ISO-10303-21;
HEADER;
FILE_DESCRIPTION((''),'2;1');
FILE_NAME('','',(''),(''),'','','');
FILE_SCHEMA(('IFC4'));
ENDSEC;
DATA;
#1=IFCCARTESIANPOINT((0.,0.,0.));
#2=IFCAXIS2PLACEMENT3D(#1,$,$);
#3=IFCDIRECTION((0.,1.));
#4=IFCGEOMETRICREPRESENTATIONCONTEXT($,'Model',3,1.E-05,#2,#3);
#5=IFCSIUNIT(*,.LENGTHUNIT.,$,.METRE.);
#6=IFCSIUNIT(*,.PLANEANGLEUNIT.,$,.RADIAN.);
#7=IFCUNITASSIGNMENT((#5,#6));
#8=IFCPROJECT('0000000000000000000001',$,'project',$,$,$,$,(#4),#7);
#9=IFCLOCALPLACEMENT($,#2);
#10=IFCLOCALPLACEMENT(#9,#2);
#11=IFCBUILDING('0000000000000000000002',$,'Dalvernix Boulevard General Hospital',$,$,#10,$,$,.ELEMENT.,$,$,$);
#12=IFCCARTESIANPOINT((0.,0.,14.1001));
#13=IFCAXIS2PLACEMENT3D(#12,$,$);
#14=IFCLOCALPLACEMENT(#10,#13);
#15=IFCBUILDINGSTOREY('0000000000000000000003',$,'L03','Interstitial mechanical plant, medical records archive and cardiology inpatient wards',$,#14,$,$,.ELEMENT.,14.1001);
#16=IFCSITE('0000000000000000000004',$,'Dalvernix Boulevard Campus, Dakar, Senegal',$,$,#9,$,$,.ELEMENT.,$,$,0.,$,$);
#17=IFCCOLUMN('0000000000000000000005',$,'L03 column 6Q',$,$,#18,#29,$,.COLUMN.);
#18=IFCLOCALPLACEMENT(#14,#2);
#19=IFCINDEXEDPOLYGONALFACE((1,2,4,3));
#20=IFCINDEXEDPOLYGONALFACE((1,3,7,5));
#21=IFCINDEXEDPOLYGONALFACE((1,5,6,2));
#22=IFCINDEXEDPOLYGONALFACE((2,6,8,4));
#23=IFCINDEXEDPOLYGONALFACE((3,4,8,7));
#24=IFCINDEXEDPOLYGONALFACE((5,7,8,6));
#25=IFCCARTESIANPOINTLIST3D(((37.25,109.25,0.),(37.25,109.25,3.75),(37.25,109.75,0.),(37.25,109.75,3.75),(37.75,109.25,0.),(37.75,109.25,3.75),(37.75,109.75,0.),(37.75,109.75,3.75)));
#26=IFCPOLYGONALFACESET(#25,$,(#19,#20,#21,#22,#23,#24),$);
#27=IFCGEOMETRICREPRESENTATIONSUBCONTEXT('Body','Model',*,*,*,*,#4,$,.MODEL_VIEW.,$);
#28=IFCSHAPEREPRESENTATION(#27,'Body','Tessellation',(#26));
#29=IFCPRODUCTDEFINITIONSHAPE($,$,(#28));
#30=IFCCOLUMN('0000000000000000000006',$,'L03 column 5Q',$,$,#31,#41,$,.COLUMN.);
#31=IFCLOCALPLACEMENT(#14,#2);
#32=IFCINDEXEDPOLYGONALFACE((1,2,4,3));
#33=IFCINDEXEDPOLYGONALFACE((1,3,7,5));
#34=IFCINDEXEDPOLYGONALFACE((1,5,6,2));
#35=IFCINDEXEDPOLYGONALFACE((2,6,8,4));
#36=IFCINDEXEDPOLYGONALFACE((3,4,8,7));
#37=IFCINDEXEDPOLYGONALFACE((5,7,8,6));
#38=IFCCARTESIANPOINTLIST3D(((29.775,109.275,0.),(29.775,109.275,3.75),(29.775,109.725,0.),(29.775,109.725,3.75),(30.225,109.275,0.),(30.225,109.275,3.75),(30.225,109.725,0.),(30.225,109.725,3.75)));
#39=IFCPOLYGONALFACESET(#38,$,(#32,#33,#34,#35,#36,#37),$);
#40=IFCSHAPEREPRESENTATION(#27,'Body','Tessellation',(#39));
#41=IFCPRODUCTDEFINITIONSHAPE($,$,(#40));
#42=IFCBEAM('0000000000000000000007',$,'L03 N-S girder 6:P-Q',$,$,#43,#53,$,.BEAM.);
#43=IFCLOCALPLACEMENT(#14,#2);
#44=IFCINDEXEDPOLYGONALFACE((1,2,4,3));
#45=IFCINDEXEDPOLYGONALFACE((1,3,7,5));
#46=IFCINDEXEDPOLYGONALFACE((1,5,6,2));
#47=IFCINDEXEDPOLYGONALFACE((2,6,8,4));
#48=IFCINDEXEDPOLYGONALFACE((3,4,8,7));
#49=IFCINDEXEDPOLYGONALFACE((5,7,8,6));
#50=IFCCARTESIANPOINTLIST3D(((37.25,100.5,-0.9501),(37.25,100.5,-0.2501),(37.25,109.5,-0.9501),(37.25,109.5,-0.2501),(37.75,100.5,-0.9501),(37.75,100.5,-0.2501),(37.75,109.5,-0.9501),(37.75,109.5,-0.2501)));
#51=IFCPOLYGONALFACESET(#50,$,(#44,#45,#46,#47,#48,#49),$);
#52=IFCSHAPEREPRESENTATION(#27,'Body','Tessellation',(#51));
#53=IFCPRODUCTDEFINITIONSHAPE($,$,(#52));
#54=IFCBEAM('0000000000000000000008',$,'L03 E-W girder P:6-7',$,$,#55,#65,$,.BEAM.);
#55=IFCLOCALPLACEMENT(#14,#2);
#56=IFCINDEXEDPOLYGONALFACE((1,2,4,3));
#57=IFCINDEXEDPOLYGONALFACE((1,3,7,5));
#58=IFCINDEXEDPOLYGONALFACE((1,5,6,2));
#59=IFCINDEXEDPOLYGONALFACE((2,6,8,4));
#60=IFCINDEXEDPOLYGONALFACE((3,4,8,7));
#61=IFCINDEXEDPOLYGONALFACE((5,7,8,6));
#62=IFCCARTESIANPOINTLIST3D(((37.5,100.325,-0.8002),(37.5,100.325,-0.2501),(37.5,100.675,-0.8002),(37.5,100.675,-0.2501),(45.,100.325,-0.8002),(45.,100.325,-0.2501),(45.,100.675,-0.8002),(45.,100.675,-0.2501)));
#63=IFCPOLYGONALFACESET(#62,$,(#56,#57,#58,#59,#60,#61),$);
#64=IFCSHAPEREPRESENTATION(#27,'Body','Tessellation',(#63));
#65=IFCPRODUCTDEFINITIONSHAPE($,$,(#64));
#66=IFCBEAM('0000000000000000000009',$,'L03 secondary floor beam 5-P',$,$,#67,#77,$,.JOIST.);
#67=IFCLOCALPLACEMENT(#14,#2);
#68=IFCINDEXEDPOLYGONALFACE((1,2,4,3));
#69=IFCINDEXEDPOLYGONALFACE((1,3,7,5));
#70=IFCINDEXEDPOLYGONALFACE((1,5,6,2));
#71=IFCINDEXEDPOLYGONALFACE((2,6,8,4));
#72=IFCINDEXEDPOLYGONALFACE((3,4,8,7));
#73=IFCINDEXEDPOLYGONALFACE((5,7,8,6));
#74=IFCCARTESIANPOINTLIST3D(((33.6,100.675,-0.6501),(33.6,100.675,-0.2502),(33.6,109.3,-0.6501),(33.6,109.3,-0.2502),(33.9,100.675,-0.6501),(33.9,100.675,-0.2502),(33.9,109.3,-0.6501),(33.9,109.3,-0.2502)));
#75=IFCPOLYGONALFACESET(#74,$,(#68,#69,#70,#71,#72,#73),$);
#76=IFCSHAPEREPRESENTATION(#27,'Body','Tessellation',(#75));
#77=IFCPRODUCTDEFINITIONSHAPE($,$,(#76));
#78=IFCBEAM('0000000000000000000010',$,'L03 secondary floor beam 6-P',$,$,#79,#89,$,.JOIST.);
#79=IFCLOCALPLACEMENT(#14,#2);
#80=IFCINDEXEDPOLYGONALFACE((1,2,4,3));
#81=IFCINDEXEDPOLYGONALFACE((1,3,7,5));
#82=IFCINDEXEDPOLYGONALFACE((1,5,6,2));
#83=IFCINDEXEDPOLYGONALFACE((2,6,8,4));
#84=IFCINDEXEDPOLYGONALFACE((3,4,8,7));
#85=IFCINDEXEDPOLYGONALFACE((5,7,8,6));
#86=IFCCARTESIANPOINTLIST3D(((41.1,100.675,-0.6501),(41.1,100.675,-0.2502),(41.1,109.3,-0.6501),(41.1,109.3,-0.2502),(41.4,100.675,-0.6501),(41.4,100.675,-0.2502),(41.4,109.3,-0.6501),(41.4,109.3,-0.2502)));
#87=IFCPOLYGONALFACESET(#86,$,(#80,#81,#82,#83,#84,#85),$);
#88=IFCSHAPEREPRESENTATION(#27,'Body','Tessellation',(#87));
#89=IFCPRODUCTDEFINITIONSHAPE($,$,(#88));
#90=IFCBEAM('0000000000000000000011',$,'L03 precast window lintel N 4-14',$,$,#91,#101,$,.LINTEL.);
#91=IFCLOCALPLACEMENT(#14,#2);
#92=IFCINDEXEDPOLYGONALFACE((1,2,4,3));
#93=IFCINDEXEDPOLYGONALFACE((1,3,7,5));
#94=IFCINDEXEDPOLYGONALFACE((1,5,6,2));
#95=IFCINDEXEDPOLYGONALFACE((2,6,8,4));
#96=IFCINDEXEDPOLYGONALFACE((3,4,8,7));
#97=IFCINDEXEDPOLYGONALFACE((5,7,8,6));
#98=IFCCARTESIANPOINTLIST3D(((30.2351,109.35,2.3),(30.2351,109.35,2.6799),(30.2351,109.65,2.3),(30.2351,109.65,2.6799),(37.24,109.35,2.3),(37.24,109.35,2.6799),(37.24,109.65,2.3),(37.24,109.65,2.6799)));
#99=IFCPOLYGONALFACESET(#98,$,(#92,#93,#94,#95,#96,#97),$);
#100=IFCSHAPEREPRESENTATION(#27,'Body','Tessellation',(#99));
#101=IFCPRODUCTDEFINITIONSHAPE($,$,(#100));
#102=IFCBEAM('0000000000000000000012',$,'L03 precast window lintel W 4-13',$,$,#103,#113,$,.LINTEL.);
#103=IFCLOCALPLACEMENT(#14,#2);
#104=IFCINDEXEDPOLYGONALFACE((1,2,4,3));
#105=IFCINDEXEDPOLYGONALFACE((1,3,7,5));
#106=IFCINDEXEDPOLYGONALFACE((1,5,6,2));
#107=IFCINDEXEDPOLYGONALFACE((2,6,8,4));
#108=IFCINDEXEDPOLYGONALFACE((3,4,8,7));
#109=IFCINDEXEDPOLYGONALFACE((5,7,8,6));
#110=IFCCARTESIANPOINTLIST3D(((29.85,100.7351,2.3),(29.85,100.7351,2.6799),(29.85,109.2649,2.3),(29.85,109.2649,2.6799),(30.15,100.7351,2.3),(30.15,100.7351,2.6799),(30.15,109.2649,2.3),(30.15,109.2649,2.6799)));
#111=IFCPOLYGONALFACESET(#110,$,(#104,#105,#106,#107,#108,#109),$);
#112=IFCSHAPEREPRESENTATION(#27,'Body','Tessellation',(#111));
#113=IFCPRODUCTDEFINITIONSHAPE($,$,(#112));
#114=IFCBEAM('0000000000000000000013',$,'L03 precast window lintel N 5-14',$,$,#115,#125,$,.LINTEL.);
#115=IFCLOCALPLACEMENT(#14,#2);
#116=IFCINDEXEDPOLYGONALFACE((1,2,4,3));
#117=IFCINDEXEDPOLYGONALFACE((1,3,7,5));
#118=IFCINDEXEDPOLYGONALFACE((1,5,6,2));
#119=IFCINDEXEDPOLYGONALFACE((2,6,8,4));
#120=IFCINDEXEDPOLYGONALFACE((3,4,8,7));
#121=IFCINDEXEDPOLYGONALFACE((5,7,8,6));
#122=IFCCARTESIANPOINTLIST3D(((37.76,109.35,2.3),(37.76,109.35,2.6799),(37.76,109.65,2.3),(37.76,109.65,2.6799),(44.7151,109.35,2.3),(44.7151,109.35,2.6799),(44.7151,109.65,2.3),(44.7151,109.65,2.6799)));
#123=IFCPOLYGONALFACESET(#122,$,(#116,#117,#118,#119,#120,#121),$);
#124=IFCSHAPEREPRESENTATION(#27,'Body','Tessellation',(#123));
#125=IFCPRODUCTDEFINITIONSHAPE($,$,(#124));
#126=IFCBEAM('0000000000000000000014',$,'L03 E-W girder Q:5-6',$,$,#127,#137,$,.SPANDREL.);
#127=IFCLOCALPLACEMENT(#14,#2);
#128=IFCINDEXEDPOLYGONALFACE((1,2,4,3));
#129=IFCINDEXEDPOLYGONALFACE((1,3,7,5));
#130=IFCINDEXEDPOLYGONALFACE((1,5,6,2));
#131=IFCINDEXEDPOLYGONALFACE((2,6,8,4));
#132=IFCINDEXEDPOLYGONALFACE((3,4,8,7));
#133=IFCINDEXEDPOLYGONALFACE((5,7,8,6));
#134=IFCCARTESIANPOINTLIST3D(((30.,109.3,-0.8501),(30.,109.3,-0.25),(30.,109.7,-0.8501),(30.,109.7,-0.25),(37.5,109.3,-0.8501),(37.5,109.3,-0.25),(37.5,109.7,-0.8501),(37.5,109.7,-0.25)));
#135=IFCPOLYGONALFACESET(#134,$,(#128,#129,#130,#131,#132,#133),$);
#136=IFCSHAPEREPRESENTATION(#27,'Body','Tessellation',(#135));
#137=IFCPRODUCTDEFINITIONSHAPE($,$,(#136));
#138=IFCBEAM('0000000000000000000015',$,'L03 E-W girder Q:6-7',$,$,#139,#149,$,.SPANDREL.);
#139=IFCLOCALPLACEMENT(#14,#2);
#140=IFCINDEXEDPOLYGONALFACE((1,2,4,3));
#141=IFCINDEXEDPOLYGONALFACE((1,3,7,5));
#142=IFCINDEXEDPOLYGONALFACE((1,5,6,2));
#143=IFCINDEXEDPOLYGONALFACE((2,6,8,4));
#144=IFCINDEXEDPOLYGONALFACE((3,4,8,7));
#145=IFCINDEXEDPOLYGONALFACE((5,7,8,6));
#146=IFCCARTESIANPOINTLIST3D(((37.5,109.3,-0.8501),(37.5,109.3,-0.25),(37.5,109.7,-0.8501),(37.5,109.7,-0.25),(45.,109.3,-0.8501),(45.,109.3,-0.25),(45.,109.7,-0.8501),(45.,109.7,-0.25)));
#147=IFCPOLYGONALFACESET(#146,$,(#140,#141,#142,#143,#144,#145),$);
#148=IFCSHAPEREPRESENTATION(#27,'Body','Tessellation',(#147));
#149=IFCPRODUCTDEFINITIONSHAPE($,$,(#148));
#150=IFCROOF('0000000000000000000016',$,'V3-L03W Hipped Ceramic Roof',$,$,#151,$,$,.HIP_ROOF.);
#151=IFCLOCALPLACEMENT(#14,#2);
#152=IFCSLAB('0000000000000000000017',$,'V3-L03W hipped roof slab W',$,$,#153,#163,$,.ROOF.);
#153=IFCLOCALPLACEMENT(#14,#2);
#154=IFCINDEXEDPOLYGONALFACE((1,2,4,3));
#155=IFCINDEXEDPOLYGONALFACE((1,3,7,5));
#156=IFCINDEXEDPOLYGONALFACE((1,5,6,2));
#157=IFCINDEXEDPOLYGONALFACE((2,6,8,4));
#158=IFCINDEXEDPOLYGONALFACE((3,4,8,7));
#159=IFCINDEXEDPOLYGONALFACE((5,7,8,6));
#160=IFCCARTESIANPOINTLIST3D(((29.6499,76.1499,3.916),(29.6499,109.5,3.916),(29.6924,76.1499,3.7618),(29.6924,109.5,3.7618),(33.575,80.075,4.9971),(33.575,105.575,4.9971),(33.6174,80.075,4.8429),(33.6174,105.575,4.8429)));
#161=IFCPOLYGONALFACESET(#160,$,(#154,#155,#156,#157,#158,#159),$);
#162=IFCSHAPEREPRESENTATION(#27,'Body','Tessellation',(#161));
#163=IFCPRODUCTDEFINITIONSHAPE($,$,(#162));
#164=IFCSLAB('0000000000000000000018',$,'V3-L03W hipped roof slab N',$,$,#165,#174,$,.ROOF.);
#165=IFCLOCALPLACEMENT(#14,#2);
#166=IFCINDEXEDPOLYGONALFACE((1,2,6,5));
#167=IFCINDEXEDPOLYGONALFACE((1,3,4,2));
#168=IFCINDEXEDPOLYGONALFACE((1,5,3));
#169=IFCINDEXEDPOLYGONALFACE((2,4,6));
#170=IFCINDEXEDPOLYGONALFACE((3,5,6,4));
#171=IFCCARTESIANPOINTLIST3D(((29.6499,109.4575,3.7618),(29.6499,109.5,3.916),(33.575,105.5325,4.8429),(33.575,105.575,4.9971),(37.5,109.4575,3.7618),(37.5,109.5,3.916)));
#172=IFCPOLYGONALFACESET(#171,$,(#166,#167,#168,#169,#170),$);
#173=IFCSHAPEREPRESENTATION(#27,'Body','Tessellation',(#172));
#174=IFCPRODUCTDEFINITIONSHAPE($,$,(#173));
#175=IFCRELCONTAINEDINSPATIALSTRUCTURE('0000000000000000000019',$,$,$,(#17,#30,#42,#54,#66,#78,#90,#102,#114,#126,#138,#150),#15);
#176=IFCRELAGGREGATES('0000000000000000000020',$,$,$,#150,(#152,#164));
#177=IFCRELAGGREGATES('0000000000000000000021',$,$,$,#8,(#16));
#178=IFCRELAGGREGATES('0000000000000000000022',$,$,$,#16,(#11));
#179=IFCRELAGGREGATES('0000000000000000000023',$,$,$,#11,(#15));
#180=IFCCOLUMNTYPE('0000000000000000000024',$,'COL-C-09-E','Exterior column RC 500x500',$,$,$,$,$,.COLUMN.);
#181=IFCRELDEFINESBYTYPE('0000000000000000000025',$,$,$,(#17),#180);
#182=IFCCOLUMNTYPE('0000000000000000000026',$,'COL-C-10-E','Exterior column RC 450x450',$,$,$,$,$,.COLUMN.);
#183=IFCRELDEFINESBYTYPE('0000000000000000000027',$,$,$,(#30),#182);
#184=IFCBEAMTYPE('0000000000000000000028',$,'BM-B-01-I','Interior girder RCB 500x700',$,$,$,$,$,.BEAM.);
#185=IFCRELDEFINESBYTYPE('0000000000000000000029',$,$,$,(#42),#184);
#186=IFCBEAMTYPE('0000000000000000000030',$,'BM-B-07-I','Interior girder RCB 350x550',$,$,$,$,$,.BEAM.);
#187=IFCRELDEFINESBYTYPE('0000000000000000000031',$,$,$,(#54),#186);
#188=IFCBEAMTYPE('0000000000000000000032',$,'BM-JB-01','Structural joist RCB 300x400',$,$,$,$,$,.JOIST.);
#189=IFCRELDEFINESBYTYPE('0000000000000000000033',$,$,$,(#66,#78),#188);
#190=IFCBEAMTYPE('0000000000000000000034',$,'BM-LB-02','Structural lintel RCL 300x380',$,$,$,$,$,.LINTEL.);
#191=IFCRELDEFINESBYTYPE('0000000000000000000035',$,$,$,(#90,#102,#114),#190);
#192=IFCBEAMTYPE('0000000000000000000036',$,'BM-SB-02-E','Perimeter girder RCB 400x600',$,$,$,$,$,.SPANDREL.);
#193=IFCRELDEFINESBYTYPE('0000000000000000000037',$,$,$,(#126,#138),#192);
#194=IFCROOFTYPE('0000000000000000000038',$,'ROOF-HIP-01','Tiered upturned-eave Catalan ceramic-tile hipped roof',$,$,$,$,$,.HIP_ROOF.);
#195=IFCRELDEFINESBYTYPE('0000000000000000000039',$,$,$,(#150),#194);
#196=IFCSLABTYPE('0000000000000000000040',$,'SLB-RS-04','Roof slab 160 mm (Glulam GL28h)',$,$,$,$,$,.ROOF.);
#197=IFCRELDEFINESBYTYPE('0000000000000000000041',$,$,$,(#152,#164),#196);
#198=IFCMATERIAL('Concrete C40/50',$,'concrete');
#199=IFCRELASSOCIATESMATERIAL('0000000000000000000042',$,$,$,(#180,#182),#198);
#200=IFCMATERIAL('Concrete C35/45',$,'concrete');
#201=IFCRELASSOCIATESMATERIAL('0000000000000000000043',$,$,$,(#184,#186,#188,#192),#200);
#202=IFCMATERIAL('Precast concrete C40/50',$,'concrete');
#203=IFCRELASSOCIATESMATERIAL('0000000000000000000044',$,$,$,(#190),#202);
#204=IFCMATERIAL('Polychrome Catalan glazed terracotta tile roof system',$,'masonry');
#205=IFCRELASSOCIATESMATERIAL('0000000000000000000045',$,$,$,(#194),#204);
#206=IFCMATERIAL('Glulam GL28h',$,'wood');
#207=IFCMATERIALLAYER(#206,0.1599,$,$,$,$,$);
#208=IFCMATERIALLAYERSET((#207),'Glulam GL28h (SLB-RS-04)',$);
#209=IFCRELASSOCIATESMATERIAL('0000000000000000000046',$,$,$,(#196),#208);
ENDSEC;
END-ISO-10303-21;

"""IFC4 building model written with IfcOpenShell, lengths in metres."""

from ifc_helpers import new_model, si_unit, direction, frame, origin, origin_2d, place, context, subcontext, project, spatial, polyline, rectangle, outline, extrude, material, layer, layer_set, material_profile, profile_set, type_object, element, aggregate, save


model = new_model("IFC4")

# Units and contexts
model_context = context("Model", 3, precision=1e-05, world=origin(), true_north=direction((0.0, 1.0)))
body_context = subcontext(model_context, "Body", "Model", "MODEL_VIEW")
ifc_project = project(units=[si_unit("LENGTHUNIT", "METRE"), si_unit("PLANEANGLEUNIT", "RADIAN")], contexts=[model_context])

# Site, building, storey
site_placement = place(None, origin())
site = spatial("IfcSite", under=ifc_project, at=site_placement, Name="Dalvernix Boulevard Campus, Dakar, Senegal", CompositionType="ELEMENT", RefElevation=0.0)
building_placement = place(site_placement, origin())
building = spatial("IfcBuilding", under=site, at=building_placement, Name="Dalvernix Boulevard General Hospital", CompositionType="ELEMENT")
storey_placement = place(building_placement, frame((0.0, 0.0, 14.1001)))
storey = spatial("IfcBuildingStorey", under=building, at=storey_placement, Name="L03", Description="Interstitial mechanical plant, medical records archive and cardiology inpatient wards", CompositionType="ELEMENT", Elevation=14.1001)

# Columns
ifc_material_1 = material(Name="Concrete C40/50", Category="concrete")
ifc_material_profile_1 = material_profile(ifc_material_1, rectangle(XDim=0.5, YDim=0.5, at=origin_2d()), Name="RC 500x500")
ifc_profile_set_1 = profile_set([ifc_material_profile_1], Name="Concrete C40/50")
column_type_1 = type_object("IfcColumnType", Name="COL-C-09-E", Description="Exterior column RC 500x500", PredefinedType="COLUMN", material=ifc_profile_set_1)
column_1_placement = place(storey_placement, frame((37.5, 109.5, 0.0), z_axis=(0.0, 0.0, 1.0), x_axis=(1.0, 0.0, 0.0)))
element("IfcColumn", 1, at=column_1_placement, inside=storey, type_object=column_type_1, Name="L03 column 6Q", PredefinedType="COLUMN", context=body_context, shape_type="SweptSolid", body=[
    extrude(rectangle(XDim=0.5, YDim=0.5, at=origin_2d()), origin(), (0.0, 0.0, 1.0), 3.75),
])
ifc_material_profile_2 = material_profile(ifc_material_1, rectangle(XDim=0.45, YDim=0.45, at=origin_2d()), Name="RC 450x450")
ifc_profile_set_2 = profile_set([ifc_material_profile_2], Name="Concrete C40/50")
column_type_2 = type_object("IfcColumnType", Name="COL-C-10-E", Description="Exterior column RC 450x450", PredefinedType="COLUMN", material=ifc_profile_set_2)
column_2_placement = place(storey_placement, frame((30.0, 109.5, 0.0), z_axis=(0.0, 0.0, 1.0), x_axis=(1.0, 0.0, 0.0)))
element("IfcColumn", 2, at=column_2_placement, inside=storey, type_object=column_type_2, Name="L03 column 5Q", PredefinedType="COLUMN", context=body_context, shape_type="SweptSolid", body=[
    extrude(rectangle(XDim=0.45, YDim=0.45, at=origin_2d()), origin(), (0.0, 0.0, 1.0), 3.75),
])

# Beams
ifc_material_2 = material(Name="Concrete C35/45", Category="concrete")
ifc_material_profile_3 = material_profile(ifc_material_2, rectangle(XDim=0.5, YDim=0.7, at=origin_2d()), Name="RCB 500x700")
ifc_profile_set_3 = profile_set([ifc_material_profile_3], Name="Concrete C35/45")
beam_type_1 = type_object("IfcBeamType", Name="BM-B-01-I", Description="Interior girder RCB 500x700", PredefinedType="BEAM", material=ifc_profile_set_3)
beam_1_placement = place(storey_placement, frame((37.5, 100.5, -0.6001), z_axis=(0.0, 1.0, 0.0), x_axis=(-1.0, 0.0, 0.0)))
element("IfcBeam", 3, at=beam_1_placement, inside=storey, type_object=beam_type_1, Name="L03 N-S girder 6:P-Q", PredefinedType="BEAM", context=body_context, shape_type="SweptSolid", body=[
    extrude(rectangle(XDim=0.5, YDim=0.7, at=origin_2d()), origin(), (0.0, 0.0, 1.0), 9.0),
])
ifc_material_profile_4 = material_profile(ifc_material_2, rectangle(XDim=0.3501, YDim=0.55, at=origin_2d()), Name="RCB 350x550")
ifc_profile_set_4 = profile_set([ifc_material_profile_4], Name="Concrete C35/45")
beam_type_2 = type_object("IfcBeamType", Name="BM-B-07-I", Description="Interior girder RCB 350x550", PredefinedType="BEAM", material=ifc_profile_set_4)
beam_2_placement = place(storey_placement, frame((37.5, 100.5, -0.5251), z_axis=(1.0, 0.0, 0.0), x_axis=(0.0, 1.0, 0.0)))
element("IfcBeam", 4, at=beam_2_placement, inside=storey, type_object=beam_type_2, Name="L03 E-W girder P:6-7", PredefinedType="BEAM", context=body_context, shape_type="SweptSolid", body=[
    extrude(rectangle(XDim=0.3501, YDim=0.55, at=origin_2d()), origin(), (0.0, 0.0, 1.0), 7.5),
])
ifc_material_profile_5 = material_profile(ifc_material_2, rectangle(XDim=0.3, YDim=0.3999, at=origin_2d()), Name="RCB 300x400")
ifc_profile_set_5 = profile_set([ifc_material_profile_5], Name="Concrete C35/45")
beam_type_3 = type_object("IfcBeamType", Name="BM-JB-01", Description="Structural joist RCB 300x400", PredefinedType="JOIST", material=ifc_profile_set_5)
for number, where, z_axis, x_axis, name in (
    (5, (33.75, 100.675, -0.4502), (0.0, 1.0, 0.0), (-1.0, 0.0, 0.0), "L03 secondary floor beam 5-P"),
    (6, (41.25, 100.675, -0.4502), (0.0, 1.0, 0.0), (-1.0, 0.0, 0.0), "L03 secondary floor beam 6-P"),
):
    element("IfcBeam", number, at=place(storey_placement, frame(where, z_axis=z_axis, x_axis=x_axis)), inside=storey, type_object=beam_type_3, Name=name, PredefinedType="JOIST", context=body_context, shape_type="SweptSolid", body=[
        extrude(rectangle(XDim=0.3, YDim=0.3999, at=origin_2d()), origin(), (0.0, 0.0, 1.0), 8.625),
    ])
ifc_material_3 = material(Name="Precast concrete C40/50", Category="concrete")
ifc_material_profile_6 = material_profile(ifc_material_3, rectangle(XDim=0.3, YDim=0.3799, at=origin_2d()), Name="RCL 300x380")
ifc_profile_set_6 = profile_set([ifc_material_profile_6], Name="Precast concrete C40/50")
beam_type_4 = type_object("IfcBeamType", Name="BM-LB-02", Description="Structural lintel RCL 300x380", PredefinedType="LINTEL", material=ifc_profile_set_6)
beam_3_placement = place(storey_placement, frame((30.2351, 109.5, 2.49), z_axis=(1.0, 0.0, 0.0), x_axis=(0.0, 1.0, 0.0)))
element("IfcBeam", 7, at=beam_3_placement, inside=storey, type_object=beam_type_4, Name="L03 precast window lintel N 4-14", PredefinedType="LINTEL", context=body_context, shape_type="SweptSolid", body=[
    extrude(rectangle(XDim=0.3, YDim=0.3799, at=origin_2d()), origin(), (0.0, 0.0, 1.0), 7.0049),
])
beam_4_placement = place(storey_placement, frame((30.0, 100.7351, 2.49), z_axis=(0.0, 1.0, 0.0), x_axis=(-1.0, 0.0, 0.0)))
element("IfcBeam", 8, at=beam_4_placement, inside=storey, type_object=beam_type_4, Name="L03 precast window lintel W 4-13", PredefinedType="LINTEL", context=body_context, shape_type="SweptSolid", body=[
    extrude(rectangle(XDim=0.3, YDim=0.3799, at=origin_2d()), origin(), (0.0, 0.0, 1.0), 8.5298),
])
beam_5_placement = place(storey_placement, frame((37.76, 109.5, 2.49), z_axis=(1.0, 0.0, 0.0), x_axis=(0.0, 1.0, 0.0)))
element("IfcBeam", 9, at=beam_5_placement, inside=storey, type_object=beam_type_4, Name="L03 precast window lintel N 5-14", PredefinedType="LINTEL", context=body_context, shape_type="SweptSolid", body=[
    extrude(rectangle(XDim=0.3, YDim=0.3799, at=origin_2d()), origin(), (0.0, 0.0, 1.0), 6.9551),
])
ifc_material_profile_7 = material_profile(ifc_material_2, rectangle(XDim=0.3999, YDim=0.6001, at=origin_2d()), Name="RCB 400x600")
ifc_profile_set_7 = profile_set([ifc_material_profile_7], Name="Concrete C35/45")
beam_type_5 = type_object("IfcBeamType", Name="BM-SB-02-E", Description="Perimeter girder RCB 400x600", PredefinedType="SPANDREL", material=ifc_profile_set_7)
for number, where, z_axis, x_axis, name in (
    (10, (30.0, 109.5, -0.55), (1.0, 0.0, 0.0), (0.0, 1.0, 0.0), "L03 E-W girder Q:5-6"),
    (11, (37.5, 109.5, -0.55), (1.0, 0.0, 0.0), (0.0, 1.0, 0.0), "L03 E-W girder Q:6-7"),
):
    element("IfcBeam", number, at=place(storey_placement, frame(where, z_axis=z_axis, x_axis=x_axis)), inside=storey, type_object=beam_type_5, Name=name, PredefinedType="SPANDREL", context=body_context, shape_type="SweptSolid", body=[
        extrude(rectangle(XDim=0.3999, YDim=0.6001, at=origin_2d()), origin(), (0.0, 0.0, 1.0), 7.5),
    ])

# Roof, slabs
ifc_material_4 = material(Name="Polychrome Catalan glazed terracotta tile roof system", Category="masonry")
roof_type_1 = type_object("IfcRoofType", Name="ROOF-HIP-01", Description="Tiered upturned-eave Catalan ceramic-tile hipped roof", PredefinedType="HIP_ROOF", material=ifc_material_4)
roof_1_placement = place(storey_placement, origin())
roof_1 = element("IfcRoof", 12, at=roof_1_placement, inside=storey, type_object=roof_type_1, Name="V3-L03W Hipped Ceramic Roof", PredefinedType="HIP_ROOF")
ifc_material_5 = material(Name="Glulam GL28h", Category="wood")
ifc_layer_1 = layer(ifc_material_5, 0.1599)
ifc_layer_set_1 = layer_set([ifc_layer_1], Name="Glulam GL28h (SLB-RS-04)")
slab_type = type_object("IfcSlabType", Name="SLB-RS-04", Description="Roof slab 160 mm (Glulam GL28h)", PredefinedType="ROOF", material=ifc_layer_set_1)
slab_1_placement = place(storey_placement, frame((29.6499, 109.5, 3.916), z_axis=(-0.265537, 0.0, 0.964101), x_axis=(0.0, -1.0, 0.0)))
slab_1 = element("IfcSlab", 13, at=slab_1_placement, type_object=slab_type, Name="V3-L03W hipped roof slab W", PredefinedType="ROOF", context=body_context, shape_type="SweptSolid", body=[
    extrude(outline(polyline([(0.0, 0.0), (33.3501, 0.0), (29.425, 4.0712), (3.925, 4.0712), (0.0, 0.0)])), origin(), (0.0, 0.0, -1.0), 0.1599),
])
slab_2_placement = place(storey_placement, frame((37.5, 109.5, 3.916), z_axis=(0.0, 0.265537, 0.964101), x_axis=(-1.0, 0.0, 0.0)))
slab_2 = element("IfcSlab", 14, at=slab_2_placement, type_object=slab_type, Name="V3-L03W hipped roof slab N", PredefinedType="ROOF", context=body_context, shape_type="SweptSolid", body=[
    extrude(outline(polyline([(0.0, 0.0), (7.8501, 0.0), (3.925, 4.0712), (0.0, 0.0)])), origin(), (0.0, 0.0, -1.0), 0.1599),
])
aggregate(roof_1, [slab_1, slab_2])

save(model, "model.ifc")
